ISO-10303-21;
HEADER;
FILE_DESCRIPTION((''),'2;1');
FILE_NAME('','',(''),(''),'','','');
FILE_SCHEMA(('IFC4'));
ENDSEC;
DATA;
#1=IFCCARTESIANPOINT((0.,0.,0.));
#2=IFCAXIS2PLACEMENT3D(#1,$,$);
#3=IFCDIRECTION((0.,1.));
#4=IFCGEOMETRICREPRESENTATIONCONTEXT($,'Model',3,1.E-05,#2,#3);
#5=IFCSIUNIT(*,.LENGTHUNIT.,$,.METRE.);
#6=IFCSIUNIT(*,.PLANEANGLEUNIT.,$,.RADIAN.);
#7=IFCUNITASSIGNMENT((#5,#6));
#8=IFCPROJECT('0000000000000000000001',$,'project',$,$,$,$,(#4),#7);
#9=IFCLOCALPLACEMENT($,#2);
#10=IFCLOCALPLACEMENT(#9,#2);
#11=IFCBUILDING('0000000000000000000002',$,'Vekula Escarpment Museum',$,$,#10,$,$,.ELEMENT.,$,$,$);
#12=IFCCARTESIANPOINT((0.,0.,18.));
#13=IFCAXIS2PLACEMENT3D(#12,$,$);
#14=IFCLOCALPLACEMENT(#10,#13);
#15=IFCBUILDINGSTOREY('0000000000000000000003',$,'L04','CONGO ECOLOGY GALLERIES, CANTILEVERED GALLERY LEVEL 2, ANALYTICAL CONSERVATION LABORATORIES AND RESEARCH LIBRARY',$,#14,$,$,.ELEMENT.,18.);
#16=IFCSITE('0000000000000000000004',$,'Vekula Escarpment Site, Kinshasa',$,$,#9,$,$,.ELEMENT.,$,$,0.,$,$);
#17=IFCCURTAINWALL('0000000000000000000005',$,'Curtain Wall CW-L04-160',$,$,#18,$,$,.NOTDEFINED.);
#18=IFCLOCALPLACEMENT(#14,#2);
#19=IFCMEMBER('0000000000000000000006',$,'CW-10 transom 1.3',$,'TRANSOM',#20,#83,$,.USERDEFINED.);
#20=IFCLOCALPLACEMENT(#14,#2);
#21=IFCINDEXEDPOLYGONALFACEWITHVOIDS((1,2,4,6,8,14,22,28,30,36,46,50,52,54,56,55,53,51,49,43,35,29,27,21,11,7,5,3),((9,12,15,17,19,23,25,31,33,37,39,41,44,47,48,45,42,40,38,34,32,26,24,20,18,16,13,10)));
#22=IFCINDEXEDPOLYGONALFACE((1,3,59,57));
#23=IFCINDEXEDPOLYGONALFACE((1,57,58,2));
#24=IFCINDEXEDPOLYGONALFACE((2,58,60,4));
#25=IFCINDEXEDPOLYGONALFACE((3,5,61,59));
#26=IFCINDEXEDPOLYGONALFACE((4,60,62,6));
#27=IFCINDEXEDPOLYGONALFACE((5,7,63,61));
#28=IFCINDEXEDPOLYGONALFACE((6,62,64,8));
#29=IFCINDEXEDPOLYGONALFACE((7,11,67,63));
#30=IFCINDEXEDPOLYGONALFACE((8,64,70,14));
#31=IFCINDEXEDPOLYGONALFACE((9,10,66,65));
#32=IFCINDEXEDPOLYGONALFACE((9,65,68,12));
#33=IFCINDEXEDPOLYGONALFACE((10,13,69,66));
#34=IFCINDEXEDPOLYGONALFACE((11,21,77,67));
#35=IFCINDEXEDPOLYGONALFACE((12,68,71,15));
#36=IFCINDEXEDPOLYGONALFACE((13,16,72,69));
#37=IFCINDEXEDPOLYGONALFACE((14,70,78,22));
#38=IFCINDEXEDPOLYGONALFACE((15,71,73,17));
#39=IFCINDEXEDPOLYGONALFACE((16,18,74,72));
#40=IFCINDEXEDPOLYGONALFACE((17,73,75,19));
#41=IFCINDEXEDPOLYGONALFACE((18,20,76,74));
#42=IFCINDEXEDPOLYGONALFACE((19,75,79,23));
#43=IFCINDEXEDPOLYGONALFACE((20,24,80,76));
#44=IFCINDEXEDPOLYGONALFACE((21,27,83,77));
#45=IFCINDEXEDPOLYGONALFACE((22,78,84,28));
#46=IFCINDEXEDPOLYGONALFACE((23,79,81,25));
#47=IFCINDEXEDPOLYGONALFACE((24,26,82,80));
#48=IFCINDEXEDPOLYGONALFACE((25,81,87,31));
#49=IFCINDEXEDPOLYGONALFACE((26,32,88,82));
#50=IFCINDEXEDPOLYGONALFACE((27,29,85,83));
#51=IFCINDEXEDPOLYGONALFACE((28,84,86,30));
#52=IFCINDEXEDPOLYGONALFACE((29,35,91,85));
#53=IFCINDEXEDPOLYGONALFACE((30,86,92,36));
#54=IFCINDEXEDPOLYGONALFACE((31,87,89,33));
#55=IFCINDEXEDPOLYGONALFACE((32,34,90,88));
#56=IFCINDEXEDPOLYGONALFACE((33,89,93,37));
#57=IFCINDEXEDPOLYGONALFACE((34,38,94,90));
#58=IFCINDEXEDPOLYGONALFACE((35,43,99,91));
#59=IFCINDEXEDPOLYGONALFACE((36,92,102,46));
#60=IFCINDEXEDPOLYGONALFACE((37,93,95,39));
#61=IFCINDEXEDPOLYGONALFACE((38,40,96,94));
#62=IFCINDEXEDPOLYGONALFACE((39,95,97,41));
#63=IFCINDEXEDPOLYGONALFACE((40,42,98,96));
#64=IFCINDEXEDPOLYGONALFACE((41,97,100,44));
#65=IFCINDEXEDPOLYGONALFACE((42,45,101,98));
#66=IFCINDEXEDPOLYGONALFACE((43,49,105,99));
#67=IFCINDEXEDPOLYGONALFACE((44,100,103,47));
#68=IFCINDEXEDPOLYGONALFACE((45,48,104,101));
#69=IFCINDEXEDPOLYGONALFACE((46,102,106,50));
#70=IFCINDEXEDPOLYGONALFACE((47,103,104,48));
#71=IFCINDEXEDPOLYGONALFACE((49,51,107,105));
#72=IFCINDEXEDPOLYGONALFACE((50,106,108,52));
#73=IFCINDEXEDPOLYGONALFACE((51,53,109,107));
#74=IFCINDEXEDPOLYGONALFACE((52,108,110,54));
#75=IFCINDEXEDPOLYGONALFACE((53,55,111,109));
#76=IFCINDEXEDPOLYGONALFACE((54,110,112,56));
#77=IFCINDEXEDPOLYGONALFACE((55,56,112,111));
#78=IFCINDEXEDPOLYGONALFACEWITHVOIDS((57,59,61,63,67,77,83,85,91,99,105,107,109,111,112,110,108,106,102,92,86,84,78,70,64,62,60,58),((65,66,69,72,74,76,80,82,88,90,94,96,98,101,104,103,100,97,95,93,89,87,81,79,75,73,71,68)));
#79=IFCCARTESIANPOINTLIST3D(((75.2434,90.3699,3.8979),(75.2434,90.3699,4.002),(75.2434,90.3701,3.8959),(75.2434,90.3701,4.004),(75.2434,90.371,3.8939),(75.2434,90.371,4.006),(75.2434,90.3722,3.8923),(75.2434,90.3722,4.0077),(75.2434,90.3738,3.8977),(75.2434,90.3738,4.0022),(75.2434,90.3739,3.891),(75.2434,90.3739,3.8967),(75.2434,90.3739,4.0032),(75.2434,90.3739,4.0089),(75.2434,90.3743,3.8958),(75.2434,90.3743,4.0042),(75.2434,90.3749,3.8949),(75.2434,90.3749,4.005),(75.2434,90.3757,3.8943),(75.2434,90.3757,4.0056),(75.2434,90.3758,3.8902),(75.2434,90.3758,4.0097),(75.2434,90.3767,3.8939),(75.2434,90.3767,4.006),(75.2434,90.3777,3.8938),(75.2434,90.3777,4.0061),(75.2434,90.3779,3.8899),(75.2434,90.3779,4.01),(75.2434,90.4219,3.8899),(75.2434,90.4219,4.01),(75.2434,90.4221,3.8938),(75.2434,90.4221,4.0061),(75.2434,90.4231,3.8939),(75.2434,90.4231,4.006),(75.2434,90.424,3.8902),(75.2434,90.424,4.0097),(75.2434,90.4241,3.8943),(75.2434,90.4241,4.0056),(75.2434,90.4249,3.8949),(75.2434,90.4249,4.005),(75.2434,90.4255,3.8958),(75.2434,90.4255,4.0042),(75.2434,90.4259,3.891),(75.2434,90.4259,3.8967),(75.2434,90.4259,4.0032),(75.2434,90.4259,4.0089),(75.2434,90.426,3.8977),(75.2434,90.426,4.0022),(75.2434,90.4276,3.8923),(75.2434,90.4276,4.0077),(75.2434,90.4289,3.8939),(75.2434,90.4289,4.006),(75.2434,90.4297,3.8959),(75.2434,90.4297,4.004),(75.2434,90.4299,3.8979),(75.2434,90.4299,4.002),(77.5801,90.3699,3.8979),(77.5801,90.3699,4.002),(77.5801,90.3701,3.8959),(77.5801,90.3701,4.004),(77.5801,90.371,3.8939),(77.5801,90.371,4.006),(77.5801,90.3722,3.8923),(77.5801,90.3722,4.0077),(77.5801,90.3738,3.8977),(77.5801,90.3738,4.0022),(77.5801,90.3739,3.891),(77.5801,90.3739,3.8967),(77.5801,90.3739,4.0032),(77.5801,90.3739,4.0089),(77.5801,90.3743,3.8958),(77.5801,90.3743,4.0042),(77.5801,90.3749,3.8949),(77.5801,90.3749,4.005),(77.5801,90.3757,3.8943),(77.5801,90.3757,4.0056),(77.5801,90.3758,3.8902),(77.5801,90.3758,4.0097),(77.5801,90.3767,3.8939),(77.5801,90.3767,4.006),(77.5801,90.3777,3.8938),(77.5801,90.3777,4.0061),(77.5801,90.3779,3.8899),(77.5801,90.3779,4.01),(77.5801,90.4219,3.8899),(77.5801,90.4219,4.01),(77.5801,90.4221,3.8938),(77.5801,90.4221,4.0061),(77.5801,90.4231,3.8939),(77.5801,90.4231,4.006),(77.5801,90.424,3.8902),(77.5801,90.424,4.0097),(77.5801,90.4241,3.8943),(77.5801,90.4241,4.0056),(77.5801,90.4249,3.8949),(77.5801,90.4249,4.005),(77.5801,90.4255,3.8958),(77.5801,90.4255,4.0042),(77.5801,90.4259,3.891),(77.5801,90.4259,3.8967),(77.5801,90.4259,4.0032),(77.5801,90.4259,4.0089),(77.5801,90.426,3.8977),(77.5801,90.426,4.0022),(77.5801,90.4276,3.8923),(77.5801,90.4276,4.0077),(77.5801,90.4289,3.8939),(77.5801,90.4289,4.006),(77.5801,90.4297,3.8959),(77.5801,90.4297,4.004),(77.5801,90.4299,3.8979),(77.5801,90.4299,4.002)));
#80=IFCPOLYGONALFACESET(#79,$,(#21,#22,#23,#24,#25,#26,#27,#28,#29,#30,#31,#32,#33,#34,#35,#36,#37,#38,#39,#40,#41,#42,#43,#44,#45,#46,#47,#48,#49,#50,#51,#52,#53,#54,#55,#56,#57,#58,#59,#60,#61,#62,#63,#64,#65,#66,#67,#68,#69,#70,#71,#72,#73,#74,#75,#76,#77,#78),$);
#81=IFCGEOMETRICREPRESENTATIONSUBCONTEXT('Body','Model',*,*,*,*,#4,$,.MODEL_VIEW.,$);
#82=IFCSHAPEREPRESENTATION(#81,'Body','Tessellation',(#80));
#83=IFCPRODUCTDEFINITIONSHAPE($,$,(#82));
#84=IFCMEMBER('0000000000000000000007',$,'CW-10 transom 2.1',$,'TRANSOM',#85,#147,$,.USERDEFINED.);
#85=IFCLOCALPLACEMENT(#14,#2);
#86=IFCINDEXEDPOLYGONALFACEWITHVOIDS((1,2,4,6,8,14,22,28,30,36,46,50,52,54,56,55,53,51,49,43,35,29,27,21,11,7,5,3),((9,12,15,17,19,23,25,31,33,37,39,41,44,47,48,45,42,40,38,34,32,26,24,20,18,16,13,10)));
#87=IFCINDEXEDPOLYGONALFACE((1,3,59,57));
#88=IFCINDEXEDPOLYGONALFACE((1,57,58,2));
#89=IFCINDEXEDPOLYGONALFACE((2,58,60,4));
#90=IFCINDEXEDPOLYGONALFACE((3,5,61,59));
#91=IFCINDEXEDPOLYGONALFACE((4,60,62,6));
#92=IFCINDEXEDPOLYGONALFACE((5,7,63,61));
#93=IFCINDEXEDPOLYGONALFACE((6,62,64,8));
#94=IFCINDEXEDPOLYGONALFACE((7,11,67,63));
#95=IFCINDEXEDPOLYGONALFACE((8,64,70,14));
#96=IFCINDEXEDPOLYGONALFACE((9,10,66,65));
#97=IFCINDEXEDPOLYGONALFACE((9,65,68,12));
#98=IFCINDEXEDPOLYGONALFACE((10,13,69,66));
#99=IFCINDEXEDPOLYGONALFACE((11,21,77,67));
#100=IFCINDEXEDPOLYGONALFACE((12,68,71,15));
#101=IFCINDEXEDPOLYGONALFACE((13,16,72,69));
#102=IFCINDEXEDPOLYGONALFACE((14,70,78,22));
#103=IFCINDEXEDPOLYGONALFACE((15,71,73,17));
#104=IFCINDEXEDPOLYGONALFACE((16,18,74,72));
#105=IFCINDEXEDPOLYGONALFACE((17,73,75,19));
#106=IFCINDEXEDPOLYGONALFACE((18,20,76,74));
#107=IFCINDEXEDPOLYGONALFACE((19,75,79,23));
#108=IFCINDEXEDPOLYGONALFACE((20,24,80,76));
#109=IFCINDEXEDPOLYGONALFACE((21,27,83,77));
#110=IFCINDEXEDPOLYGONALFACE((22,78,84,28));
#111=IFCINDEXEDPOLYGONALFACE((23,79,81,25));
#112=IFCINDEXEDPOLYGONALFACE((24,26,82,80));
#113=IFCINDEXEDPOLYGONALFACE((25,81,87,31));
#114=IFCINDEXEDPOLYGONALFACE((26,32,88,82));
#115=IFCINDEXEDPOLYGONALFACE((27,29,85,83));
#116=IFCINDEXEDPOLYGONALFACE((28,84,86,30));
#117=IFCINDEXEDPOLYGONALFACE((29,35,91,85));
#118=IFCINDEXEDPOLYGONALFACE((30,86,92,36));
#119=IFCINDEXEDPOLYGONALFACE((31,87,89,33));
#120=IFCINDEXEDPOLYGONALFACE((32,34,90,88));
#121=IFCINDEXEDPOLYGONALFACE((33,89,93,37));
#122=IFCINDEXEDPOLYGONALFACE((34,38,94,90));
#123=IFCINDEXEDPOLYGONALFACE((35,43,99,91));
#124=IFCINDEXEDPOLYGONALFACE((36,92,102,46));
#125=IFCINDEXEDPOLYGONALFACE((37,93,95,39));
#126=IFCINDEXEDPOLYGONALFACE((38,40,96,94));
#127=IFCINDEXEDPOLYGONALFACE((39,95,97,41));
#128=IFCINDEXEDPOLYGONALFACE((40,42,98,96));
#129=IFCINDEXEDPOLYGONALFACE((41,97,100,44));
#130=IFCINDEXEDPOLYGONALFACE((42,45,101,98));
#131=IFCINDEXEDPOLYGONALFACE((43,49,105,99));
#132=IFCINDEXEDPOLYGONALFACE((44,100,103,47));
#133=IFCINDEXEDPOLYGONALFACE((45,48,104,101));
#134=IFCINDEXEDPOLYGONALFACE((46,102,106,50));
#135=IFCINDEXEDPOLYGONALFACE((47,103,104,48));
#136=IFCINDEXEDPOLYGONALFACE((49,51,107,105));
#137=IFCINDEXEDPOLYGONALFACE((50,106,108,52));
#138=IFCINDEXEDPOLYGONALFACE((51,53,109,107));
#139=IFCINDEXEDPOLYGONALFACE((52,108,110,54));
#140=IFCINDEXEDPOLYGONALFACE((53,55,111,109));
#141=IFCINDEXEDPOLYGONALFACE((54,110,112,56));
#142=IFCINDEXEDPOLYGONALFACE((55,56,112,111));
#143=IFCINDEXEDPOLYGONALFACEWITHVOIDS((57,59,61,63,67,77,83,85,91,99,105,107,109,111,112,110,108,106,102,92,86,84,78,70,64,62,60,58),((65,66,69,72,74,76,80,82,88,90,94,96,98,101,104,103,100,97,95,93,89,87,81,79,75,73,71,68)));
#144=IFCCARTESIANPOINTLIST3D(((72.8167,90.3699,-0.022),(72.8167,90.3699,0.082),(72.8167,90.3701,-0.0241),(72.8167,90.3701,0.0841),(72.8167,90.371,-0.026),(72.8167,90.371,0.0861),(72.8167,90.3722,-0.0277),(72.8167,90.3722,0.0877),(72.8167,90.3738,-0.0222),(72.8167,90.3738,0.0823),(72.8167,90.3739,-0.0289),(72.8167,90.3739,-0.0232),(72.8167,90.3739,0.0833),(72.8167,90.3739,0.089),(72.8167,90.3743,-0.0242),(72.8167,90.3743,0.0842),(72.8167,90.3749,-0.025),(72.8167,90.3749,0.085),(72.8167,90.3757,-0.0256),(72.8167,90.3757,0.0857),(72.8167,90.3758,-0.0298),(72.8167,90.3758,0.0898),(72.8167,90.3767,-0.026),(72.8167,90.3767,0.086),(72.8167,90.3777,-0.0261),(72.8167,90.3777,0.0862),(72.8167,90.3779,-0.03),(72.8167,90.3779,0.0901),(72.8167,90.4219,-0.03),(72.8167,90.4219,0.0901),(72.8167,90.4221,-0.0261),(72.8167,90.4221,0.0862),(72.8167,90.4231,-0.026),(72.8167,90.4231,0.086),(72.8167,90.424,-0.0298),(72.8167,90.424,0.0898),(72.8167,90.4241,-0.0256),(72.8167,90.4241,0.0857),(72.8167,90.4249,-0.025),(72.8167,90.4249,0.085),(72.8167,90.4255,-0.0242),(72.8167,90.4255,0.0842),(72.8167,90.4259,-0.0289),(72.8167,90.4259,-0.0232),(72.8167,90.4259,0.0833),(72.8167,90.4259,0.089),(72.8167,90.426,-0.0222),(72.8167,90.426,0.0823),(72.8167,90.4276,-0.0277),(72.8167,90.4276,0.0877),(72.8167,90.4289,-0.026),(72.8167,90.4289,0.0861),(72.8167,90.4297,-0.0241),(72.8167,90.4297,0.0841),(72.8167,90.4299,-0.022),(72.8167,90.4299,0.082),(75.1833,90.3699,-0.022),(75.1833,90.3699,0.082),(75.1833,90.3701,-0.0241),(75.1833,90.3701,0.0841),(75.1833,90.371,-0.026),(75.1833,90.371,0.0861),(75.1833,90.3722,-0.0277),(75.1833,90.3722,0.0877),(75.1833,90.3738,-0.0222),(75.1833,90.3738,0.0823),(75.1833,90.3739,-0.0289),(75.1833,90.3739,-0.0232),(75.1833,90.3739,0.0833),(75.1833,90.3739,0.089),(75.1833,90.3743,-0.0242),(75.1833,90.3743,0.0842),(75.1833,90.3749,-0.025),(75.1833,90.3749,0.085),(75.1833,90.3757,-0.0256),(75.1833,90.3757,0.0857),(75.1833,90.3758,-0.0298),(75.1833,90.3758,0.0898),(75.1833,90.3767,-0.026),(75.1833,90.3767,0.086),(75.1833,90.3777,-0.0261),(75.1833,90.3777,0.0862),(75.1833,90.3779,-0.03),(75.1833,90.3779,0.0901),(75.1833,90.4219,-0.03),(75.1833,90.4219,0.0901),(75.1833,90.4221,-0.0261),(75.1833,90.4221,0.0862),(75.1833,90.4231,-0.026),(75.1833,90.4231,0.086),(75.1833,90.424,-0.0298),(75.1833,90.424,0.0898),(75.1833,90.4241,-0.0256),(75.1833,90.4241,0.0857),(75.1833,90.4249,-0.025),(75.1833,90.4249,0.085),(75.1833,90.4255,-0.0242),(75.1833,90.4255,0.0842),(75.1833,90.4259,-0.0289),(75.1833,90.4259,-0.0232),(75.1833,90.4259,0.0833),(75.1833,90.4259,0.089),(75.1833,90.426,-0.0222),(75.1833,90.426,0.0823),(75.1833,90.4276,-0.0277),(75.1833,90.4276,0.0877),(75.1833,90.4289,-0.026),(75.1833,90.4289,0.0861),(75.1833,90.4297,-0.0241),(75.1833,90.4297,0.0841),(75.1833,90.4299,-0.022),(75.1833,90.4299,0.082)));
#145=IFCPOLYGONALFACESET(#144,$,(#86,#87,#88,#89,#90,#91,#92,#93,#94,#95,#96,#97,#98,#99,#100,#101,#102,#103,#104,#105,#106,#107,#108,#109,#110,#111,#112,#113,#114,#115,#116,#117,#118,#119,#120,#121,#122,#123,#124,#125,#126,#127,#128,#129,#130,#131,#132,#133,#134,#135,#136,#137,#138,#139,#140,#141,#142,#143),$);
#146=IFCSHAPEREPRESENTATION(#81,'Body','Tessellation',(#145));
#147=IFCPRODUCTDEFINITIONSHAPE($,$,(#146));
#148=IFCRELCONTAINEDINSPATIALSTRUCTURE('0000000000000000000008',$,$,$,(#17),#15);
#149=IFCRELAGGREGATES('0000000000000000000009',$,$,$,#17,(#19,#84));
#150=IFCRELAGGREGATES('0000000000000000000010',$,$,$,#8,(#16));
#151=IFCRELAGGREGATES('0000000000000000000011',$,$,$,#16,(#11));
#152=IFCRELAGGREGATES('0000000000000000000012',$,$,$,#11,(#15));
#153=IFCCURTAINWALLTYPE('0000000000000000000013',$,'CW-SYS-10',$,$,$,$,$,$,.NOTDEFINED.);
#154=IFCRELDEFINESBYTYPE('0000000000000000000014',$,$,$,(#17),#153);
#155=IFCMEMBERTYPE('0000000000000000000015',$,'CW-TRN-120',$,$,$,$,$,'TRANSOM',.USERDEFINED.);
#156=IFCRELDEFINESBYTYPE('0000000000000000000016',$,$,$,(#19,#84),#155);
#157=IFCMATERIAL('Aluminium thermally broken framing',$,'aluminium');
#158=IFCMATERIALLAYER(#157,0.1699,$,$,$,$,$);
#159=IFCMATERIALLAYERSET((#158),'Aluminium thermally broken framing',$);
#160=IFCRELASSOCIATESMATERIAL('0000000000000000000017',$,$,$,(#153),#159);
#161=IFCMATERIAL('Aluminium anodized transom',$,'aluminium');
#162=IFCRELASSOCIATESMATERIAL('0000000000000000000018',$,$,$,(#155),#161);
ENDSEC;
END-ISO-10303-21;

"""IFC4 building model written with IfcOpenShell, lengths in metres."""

from ifc_helpers import new_model, si_unit, direction, frame, origin, origin_2d, place, context, subcontext, project, spatial, hollow_rectangle, extrude, material, layer, layer_set, material_profile, profile_set, type_object, element, aggregate, save


model = new_model("IFC4")

# Units and contexts
model_context = context("Model", 3, precision=1e-05, world=origin(), true_north=direction((0.0, 1.0)))
body_context = subcontext(model_context, "Body", "Model", "MODEL_VIEW")
ifc_project = project(units=[si_unit("LENGTHUNIT", "METRE"), si_unit("PLANEANGLEUNIT", "RADIAN")], contexts=[model_context])

# Site, building, storey
site_placement = place(None, origin())
site = spatial("IfcSite", under=ifc_project, at=site_placement, Name="Vekula Escarpment Site, Kinshasa", CompositionType="ELEMENT", RefElevation=0.0)
building_placement = place(site_placement, origin())
building = spatial("IfcBuilding", under=site, at=building_placement, Name="Vekula Escarpment Museum", CompositionType="ELEMENT")
storey_placement = place(building_placement, frame((0.0, 0.0, 18.0)))
storey = spatial("IfcBuildingStorey", under=building, at=storey_placement, Name="L04", Description="CONGO ECOLOGY GALLERIES, CANTILEVERED GALLERY LEVEL 2, ANALYTICAL CONSERVATION LABORATORIES AND RESEARCH LIBRARY", CompositionType="ELEMENT", Elevation=18.0)

# Curtain wall
ifc_material_1 = material(Name="Aluminium thermally broken framing", Category="aluminium")
ifc_layer_1 = layer(ifc_material_1, 0.1699)
ifc_layer_set_1 = layer_set([ifc_layer_1], Name="Aluminium thermally broken framing")
curtain_wall_type_1 = type_object("IfcCurtainWallType", Name="CW-SYS-10", PredefinedType="NOTDEFINED", material=ifc_layer_set_1)
curtain_wall_1_placement = place(storey_placement, origin())
curtain_wall_1 = element("IfcCurtainWall", 1, at=curtain_wall_1_placement, inside=storey, type_object=curtain_wall_type_1, Name="Curtain Wall CW-L04-160", PredefinedType="NOTDEFINED")

# Members
ifc_material_2 = material(Name="Aluminium anodized transom", Category="aluminium")
ifc_material_profile_1 = material_profile(ifc_material_2, hollow_rectangle(XDim=0.0601, YDim=0.1201, WallThickness=0.0039, InnerFilletRadius=0.0039, OuterFilletRadius=0.0081, at=origin_2d()), Name="ALU 120x60x4")
ifc_profile_set_1 = profile_set([ifc_material_profile_1], Name="Aluminium anodized transom")
member_type_1 = type_object("IfcMemberType", Name="CW-TRN-120", ElementType="TRANSOM", PredefinedType="USERDEFINED", material=ifc_profile_set_1)
member_1_placement = place(storey_placement, frame((77.5801, 90.3999, 3.95), z_axis=(-1.0, 0.0, 0.0), x_axis=(0.0, -1.0, 0.0)))
member_1 = element("IfcMember", 2, at=member_1_placement, type_object=member_type_1, Name="CW-10 transom 1.3", ObjectType="TRANSOM", PredefinedType="USERDEFINED", context=body_context, shape_type="SweptSolid", body=[
    extrude(hollow_rectangle(XDim=0.0601, YDim=0.1201, WallThickness=0.0039, InnerFilletRadius=0.0039, OuterFilletRadius=0.0081, at=origin_2d()), origin(), (0.0, 0.0, 1.0), 2.3367),
])
member_2_placement = place(storey_placement, frame((75.1833, 90.3999, 0.03), z_axis=(-1.0, 0.0, 0.0), x_axis=(0.0, -1.0, 0.0)))
member_2 = element("IfcMember", 3, at=member_2_placement, type_object=member_type_1, Name="CW-10 transom 2.1", ObjectType="TRANSOM", PredefinedType="USERDEFINED", context=body_context, shape_type="SweptSolid", body=[
    extrude(hollow_rectangle(XDim=0.0601, YDim=0.1201, WallThickness=0.0039, InnerFilletRadius=0.0039, OuterFilletRadius=0.0081, at=origin_2d()), origin(), (0.0, 0.0, 1.0), 2.3667),
])

aggregate(curtain_wall_1, [member_1, member_2])

save(model, "model.ifc")
